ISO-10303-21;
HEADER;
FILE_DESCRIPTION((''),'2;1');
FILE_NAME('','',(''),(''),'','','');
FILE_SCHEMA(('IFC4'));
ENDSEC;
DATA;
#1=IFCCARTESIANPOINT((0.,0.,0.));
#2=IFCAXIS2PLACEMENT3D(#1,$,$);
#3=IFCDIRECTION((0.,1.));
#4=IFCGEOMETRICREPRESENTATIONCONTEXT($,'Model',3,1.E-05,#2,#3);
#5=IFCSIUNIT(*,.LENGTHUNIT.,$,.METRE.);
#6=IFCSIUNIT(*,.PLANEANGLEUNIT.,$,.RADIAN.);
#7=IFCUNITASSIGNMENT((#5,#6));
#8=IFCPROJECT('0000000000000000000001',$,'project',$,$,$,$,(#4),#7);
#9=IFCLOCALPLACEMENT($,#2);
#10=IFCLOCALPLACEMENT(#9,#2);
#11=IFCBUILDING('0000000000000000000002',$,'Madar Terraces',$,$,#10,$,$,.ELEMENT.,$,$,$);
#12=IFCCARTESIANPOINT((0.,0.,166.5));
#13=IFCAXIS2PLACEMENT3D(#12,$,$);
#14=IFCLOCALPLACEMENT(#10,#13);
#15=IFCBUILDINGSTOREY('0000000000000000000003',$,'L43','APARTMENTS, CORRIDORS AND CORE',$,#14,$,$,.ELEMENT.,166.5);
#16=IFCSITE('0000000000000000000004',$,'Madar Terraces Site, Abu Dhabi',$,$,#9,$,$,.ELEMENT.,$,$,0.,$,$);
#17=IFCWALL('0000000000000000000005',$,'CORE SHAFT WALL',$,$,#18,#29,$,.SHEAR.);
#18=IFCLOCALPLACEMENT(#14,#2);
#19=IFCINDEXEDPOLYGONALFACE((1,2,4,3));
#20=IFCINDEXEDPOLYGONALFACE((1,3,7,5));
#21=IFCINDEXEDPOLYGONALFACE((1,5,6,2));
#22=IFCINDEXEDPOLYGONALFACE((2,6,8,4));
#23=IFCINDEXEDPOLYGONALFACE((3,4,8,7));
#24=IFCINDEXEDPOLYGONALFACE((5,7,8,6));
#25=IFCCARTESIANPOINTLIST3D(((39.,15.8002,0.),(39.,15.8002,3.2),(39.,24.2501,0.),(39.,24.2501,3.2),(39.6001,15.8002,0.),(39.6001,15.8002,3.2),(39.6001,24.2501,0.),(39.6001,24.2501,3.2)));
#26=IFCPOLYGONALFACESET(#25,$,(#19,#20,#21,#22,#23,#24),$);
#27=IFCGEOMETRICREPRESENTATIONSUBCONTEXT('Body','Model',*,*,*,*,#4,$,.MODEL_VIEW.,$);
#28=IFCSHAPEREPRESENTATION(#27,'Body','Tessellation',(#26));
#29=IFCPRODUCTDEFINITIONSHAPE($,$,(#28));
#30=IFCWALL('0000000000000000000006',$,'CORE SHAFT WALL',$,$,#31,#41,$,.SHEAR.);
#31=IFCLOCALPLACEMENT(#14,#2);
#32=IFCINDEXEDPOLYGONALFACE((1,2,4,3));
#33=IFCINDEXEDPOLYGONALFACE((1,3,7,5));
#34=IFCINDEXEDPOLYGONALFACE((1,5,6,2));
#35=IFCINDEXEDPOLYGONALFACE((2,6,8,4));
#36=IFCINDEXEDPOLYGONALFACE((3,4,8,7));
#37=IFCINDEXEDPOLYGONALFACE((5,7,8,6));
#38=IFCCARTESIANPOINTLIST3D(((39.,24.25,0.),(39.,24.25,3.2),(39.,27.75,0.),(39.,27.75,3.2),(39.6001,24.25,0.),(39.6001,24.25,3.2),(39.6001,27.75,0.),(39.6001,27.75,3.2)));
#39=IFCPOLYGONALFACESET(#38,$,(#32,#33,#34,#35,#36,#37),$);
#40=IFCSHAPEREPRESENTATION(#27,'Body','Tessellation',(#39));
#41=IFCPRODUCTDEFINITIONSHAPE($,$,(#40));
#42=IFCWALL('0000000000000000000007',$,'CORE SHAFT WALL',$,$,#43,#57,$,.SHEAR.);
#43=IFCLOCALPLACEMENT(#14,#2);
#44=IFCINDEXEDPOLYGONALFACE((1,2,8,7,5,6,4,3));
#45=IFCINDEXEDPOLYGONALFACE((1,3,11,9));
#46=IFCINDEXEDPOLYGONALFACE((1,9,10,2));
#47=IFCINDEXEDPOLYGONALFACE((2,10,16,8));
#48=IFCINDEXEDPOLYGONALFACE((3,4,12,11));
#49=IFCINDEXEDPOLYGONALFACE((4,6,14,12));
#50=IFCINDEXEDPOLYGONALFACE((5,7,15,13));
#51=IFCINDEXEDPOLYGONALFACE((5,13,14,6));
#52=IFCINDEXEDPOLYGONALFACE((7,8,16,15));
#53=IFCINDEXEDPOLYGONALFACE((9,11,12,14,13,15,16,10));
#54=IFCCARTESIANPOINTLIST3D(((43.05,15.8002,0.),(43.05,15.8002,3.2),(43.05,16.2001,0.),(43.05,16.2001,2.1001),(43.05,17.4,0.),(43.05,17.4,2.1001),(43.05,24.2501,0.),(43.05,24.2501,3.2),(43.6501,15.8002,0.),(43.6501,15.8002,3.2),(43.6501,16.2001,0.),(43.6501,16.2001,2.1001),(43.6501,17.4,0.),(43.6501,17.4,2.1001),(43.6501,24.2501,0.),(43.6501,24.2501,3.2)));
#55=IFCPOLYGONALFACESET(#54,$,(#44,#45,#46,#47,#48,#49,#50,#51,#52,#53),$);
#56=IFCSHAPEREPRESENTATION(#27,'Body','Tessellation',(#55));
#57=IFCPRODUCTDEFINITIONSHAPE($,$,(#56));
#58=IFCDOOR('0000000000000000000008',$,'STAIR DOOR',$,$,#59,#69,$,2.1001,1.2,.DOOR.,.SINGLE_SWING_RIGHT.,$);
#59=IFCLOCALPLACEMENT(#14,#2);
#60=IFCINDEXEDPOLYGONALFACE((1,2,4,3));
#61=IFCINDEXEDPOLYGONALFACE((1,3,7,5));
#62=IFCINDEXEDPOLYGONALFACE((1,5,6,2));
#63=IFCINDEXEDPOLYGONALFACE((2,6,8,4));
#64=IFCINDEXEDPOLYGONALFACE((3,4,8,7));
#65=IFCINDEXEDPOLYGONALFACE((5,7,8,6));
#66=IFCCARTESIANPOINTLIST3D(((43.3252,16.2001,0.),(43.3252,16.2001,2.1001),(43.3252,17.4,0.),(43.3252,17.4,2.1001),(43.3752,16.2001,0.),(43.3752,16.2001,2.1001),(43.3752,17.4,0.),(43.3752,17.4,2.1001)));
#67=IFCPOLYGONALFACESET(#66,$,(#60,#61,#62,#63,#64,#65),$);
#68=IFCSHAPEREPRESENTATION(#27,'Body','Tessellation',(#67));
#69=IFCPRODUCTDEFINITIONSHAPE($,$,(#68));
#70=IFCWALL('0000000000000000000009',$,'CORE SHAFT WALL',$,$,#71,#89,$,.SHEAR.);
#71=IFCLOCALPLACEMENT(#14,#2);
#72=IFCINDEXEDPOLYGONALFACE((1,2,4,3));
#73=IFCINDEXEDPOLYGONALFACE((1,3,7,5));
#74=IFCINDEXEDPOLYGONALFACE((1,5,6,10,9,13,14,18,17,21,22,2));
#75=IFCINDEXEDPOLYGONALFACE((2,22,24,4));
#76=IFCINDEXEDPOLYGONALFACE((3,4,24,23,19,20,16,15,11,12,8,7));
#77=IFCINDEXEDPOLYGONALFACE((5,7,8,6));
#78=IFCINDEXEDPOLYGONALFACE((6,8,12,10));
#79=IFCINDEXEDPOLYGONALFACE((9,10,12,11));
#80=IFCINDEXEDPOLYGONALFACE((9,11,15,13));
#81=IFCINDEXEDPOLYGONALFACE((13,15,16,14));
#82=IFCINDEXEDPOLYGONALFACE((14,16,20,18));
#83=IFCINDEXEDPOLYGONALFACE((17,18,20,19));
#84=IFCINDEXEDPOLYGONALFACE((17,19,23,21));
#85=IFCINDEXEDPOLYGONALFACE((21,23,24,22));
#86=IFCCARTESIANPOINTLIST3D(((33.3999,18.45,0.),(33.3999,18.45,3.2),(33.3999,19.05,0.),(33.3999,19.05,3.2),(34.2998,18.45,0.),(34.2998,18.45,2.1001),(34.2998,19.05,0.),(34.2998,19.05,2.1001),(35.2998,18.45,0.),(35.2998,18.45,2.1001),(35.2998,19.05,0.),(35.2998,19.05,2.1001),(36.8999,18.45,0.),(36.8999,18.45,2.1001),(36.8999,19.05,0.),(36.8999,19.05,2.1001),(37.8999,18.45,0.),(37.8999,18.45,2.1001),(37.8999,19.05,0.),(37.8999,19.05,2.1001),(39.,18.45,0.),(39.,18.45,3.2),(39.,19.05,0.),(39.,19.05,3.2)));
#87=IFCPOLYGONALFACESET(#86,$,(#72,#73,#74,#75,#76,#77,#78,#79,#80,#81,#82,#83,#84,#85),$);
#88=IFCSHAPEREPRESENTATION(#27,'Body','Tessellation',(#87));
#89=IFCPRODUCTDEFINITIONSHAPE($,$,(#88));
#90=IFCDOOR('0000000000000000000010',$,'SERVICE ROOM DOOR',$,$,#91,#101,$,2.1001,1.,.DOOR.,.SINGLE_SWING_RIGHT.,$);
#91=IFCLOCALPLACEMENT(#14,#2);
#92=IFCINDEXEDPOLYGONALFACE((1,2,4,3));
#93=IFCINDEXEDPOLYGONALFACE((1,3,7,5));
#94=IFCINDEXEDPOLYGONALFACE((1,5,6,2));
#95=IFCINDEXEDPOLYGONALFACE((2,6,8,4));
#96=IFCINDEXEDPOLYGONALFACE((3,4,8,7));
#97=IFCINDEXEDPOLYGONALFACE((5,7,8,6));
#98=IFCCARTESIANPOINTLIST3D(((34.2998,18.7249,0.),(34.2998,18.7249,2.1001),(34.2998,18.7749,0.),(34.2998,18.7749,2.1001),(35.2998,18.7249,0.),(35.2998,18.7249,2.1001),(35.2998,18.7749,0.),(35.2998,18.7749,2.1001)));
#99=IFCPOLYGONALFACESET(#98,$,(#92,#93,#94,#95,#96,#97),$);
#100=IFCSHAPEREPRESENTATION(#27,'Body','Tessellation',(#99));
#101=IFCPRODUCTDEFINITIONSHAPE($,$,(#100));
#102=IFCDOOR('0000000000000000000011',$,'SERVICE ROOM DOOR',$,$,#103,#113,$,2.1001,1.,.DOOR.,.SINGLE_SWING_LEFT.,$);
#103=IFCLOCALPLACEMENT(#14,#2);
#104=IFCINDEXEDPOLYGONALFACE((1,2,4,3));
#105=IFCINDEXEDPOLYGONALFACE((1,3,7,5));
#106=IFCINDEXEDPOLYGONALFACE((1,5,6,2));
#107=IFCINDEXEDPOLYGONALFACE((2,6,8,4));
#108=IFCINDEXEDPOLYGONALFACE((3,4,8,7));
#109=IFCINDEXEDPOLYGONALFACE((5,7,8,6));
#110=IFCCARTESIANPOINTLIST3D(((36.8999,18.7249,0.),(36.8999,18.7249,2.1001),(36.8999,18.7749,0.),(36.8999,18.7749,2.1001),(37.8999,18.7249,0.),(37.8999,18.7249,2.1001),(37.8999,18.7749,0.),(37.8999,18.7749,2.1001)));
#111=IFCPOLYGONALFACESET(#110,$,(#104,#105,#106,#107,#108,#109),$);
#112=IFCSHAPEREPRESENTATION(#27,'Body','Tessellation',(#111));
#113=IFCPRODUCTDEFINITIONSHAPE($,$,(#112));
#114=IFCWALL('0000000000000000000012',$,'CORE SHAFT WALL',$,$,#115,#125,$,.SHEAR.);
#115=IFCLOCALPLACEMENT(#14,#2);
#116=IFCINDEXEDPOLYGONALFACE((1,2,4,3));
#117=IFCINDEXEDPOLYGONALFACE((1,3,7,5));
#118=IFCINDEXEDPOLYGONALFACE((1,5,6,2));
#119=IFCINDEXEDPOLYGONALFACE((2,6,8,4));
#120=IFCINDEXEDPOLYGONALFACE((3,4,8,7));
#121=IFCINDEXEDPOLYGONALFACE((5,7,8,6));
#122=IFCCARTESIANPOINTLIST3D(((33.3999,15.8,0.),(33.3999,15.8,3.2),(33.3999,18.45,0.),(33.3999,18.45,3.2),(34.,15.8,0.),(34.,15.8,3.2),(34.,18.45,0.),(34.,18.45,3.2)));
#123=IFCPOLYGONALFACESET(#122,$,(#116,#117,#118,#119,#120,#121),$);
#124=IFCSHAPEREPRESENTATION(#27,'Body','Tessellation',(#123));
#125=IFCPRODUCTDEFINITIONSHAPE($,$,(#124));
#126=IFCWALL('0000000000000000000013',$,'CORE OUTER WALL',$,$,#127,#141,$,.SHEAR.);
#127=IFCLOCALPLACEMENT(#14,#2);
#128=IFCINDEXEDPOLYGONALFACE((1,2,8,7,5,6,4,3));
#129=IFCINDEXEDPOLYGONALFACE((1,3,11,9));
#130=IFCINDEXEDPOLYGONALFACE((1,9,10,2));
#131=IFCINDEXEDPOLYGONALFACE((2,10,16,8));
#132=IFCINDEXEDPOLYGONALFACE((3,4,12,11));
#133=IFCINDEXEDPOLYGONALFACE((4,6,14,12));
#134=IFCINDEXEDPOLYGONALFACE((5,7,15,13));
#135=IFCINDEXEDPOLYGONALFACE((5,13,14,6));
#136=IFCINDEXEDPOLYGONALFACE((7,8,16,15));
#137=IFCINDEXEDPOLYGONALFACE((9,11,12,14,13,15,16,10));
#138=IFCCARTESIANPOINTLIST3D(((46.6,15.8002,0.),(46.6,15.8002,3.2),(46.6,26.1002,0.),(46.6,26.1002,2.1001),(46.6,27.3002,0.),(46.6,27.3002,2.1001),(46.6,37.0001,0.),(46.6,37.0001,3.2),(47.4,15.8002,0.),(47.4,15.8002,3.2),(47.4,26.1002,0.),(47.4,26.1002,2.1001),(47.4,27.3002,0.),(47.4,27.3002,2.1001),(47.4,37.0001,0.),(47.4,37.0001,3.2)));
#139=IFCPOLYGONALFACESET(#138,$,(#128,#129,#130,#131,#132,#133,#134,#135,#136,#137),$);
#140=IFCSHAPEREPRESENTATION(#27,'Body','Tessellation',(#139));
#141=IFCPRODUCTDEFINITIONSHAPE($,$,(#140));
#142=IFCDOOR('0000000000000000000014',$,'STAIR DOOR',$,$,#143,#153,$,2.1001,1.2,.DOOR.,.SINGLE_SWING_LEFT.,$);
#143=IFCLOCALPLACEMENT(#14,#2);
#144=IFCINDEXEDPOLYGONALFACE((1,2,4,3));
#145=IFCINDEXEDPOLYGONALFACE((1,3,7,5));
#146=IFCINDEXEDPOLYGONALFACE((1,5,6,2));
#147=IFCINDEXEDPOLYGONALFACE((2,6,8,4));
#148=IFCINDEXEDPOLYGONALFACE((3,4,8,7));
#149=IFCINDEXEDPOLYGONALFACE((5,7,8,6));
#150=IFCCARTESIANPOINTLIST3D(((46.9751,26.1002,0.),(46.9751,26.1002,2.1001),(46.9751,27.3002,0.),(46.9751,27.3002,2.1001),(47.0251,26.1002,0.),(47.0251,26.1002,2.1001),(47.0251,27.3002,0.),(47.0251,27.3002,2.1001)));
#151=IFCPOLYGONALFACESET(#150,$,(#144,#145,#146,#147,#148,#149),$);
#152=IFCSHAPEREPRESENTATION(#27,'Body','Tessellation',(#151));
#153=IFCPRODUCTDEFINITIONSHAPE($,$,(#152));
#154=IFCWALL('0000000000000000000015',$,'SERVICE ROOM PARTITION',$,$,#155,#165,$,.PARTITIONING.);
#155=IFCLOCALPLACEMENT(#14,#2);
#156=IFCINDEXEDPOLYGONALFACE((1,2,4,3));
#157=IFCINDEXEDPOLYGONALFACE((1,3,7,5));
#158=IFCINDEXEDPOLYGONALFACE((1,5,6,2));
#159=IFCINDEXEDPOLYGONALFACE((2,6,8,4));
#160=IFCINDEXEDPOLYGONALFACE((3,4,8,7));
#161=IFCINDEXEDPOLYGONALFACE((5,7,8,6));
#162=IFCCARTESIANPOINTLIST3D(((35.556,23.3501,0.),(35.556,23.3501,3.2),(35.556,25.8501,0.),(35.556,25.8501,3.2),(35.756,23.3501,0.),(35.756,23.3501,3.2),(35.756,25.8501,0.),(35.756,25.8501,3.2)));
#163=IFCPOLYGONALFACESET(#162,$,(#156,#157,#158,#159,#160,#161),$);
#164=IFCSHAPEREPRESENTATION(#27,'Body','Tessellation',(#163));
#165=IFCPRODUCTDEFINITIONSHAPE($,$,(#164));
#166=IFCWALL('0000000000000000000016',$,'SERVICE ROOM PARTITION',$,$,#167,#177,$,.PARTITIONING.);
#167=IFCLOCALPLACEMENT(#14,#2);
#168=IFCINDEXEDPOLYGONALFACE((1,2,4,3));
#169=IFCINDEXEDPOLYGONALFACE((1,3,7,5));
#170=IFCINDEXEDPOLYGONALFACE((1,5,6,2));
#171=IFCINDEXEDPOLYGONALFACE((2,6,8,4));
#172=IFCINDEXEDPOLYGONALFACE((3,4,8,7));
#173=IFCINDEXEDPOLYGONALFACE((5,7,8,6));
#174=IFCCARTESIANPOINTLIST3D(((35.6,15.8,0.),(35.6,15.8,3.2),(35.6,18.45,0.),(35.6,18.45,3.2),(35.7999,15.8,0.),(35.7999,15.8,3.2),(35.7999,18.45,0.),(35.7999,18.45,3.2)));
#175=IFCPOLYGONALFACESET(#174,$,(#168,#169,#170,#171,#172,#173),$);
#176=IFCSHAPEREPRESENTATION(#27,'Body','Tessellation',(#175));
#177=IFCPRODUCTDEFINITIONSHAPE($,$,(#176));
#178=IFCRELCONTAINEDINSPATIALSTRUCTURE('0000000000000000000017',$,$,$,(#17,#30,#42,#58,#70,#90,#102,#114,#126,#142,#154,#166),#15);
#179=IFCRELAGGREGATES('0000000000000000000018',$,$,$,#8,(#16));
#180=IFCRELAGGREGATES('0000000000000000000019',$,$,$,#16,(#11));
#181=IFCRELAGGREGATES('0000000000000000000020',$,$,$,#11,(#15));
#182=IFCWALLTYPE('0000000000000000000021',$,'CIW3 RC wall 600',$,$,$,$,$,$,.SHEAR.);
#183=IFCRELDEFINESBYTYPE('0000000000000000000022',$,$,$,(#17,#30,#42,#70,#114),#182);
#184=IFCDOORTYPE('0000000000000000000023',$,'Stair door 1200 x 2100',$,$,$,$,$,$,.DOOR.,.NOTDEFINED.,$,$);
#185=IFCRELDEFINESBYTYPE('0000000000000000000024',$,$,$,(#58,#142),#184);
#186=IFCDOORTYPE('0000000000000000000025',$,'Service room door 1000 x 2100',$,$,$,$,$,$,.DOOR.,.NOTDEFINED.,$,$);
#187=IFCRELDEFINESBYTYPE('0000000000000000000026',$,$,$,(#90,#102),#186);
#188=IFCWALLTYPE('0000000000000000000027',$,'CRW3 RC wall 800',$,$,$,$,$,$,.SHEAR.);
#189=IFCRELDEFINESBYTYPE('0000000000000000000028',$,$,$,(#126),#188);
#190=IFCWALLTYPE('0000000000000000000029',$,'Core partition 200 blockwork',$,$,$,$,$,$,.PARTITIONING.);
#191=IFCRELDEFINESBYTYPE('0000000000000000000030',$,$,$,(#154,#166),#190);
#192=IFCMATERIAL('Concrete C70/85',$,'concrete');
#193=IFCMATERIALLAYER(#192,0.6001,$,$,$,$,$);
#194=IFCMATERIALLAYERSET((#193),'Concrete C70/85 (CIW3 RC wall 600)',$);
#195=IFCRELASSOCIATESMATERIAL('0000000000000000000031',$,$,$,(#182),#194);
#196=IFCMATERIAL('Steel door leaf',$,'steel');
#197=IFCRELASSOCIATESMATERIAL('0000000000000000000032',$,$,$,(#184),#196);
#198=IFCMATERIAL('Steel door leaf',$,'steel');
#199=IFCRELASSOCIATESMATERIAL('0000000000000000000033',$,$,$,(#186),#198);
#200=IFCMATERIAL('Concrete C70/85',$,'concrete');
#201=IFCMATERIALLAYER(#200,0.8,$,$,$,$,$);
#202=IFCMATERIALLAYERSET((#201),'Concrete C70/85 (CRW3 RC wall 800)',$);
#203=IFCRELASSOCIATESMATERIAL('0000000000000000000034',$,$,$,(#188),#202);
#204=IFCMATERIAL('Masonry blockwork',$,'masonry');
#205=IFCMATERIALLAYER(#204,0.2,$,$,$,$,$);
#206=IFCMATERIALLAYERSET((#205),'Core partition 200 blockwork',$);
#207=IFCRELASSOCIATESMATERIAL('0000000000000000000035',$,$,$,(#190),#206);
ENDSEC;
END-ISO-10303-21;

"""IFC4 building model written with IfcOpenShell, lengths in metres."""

from ifc_helpers import new_model, si_unit, direction, frame, frame_2d, origin, place, context, subcontext, project, spatial, rectangle, extrude, material, layer, layer_set, type_object, element, fill, save


model = new_model("IFC4")

# Units and contexts
model_context = context("Model", 3, precision=1e-05, world=origin(), true_north=direction((0.0, 1.0)))
body_context = subcontext(model_context, "Body", "Model", "MODEL_VIEW")
ifc_project = project(units=[si_unit("LENGTHUNIT", "METRE"), si_unit("PLANEANGLEUNIT", "RADIAN")], contexts=[model_context])

# Site, building, storey
site_placement = place(None, origin())
site = spatial("IfcSite", under=ifc_project, at=site_placement, Name="Madar Terraces Site, Abu Dhabi", CompositionType="ELEMENT", RefElevation=0.0)
building_placement = place(site_placement, origin())
building = spatial("IfcBuilding", under=site, at=building_placement, Name="Madar Terraces", CompositionType="ELEMENT")
storey_placement = place(building_placement, frame((0.0, 0.0, 166.5)))
storey = spatial("IfcBuildingStorey", under=building, at=storey_placement, Name="L43", Description="APARTMENTS, CORRIDORS AND CORE", CompositionType="ELEMENT", Elevation=166.5)

# Walls
ifc_material_1 = material(Name="Concrete C70/85", Category="concrete")
ifc_layer_1 = layer(ifc_material_1, 0.6001)
ifc_layer_set_1 = layer_set([ifc_layer_1], Name="Concrete C70/85 (CIW3 RC wall 600)")
wall_type_1 = type_object("IfcWallType", Name="CIW3 RC wall 600", PredefinedType="SHEAR", material=ifc_layer_set_1)
wall_1_placement = place(storey_placement, frame((39.3, 15.8, 0.0), z_axis=(0.0, 0.0, 1.0), x_axis=(0.0, 1.0, 0.0)))
element("IfcWall", 1, at=wall_1_placement, inside=storey, type_object=wall_type_1, Name="CORE SHAFT WALL", PredefinedType="SHEAR", context=body_context, shape_type="SweptSolid", body=[
    extrude(rectangle(XDim=8.45, YDim=0.6001, at=frame_2d((4.2251, 0.0))), origin(), (0.0, 0.0, 1.0), 3.2),
])
wall_2_placement = place(storey_placement, frame((39.3, 24.25, 0.0), z_axis=(0.0, 0.0, 1.0), x_axis=(0.0, 1.0, 0.0)))
element("IfcWall", 2, at=wall_2_placement, inside=storey, type_object=wall_type_1, Name="CORE SHAFT WALL", PredefinedType="SHEAR", context=body_context, shape_type="SweptSolid", body=[
    extrude(rectangle(XDim=3.5, YDim=0.6001, at=frame_2d((1.75, 0.0))), origin(), (0.0, 0.0, 1.0), 3.2),
])

# Wall, opening, door
wall_3_placement = place(storey_placement, frame((43.3501, 15.8, 0.0), z_axis=(0.0, 0.0, 1.0), x_axis=(0.0, 1.0, 0.0)))
wall_3 = element("IfcWall", 3, at=wall_3_placement, inside=storey, type_object=wall_type_1, Name="CORE SHAFT WALL", PredefinedType="SHEAR", context=body_context, shape_type="SweptSolid", body=[
    extrude(rectangle(XDim=8.45, YDim=0.6001, at=frame_2d((4.2251, 0.0))), origin(), (0.0, 0.0, 1.0), 3.2),
])
opening_1_placement = place(wall_3_placement, frame((0.3999, 0.0, 0.0)))
opening_1 = element("IfcOpeningElement", 4, at=opening_1_placement, cuts=wall_3, PredefinedType="OPENING", context=body_context, shape_type="SweptSolid", body=[
    extrude(rectangle(XDim=1.2, YDim=2.1001, at=frame_2d((0.6001, 1.05))), frame((0.0, 0.3101, 0.0), z_axis=(0.0, -1.0, 0.0), x_axis=(1.0, 0.0, 0.0)), (0.0, 0.0, 1.0), 0.6201),
])
ifc_material_2 = material(Name="Steel door leaf", Category="steel")
door_type_1 = type_object("IfcDoorType", Name="Stair door 1200 x 2100", OperationType="NOTDEFINED", PredefinedType="DOOR", material=ifc_material_2)
door_1_placement = place(opening_1_placement, origin())
door_1 = element("IfcDoor", 5, at=door_1_placement, inside=storey, type_object=door_type_1, Name="STAIR DOOR", OperationType="SINGLE_SWING_RIGHT", OverallHeight=2.1001, OverallWidth=1.2, PredefinedType="DOOR", context=body_context, shape_type="SweptSolid", body=[
    extrude(rectangle(XDim=1.2, YDim=2.1001, at=frame_2d((0.6001, 1.05))), frame((0.0, 0.0249, 0.0), z_axis=(0.0, -1.0, 0.0), x_axis=(1.0, 0.0, 0.0)), (0.0, 0.0, 1.0), 0.05),
])
fill(opening_1, door_1)

# Wall, openings, doors
wall_4_placement = place(storey_placement, frame((33.3999, 18.75, 0.0), z_axis=(0.0, 0.0, 1.0), x_axis=(1.0, 0.0, 0.0)))
wall_4 = element("IfcWall", 6, at=wall_4_placement, inside=storey, type_object=wall_type_1, Name="CORE SHAFT WALL", PredefinedType="SHEAR", context=body_context, shape_type="SweptSolid", body=[
    extrude(rectangle(XDim=5.6001, YDim=0.6001, at=frame_2d((2.8, 0.0))), origin(), (0.0, 0.0, 1.0), 3.2),
])
opening_2_placement = place(wall_4_placement, frame((0.8999, 0.0, 0.0)))
opening_2 = element("IfcOpeningElement", 7, at=opening_2_placement, cuts=wall_4, PredefinedType="OPENING", context=body_context, shape_type="SweptSolid", body=[
    extrude(rectangle(XDim=1.0, YDim=2.1001, at=frame_2d((0.5, 1.05))), frame((0.0, 0.3101, 0.0), z_axis=(0.0, -1.0, 0.0), x_axis=(1.0, 0.0, 0.0)), (0.0, 0.0, 1.0), 0.6201),
])
opening_3_placement = place(wall_4_placement, frame((3.5, 0.0, 0.0)))
opening_3 = element("IfcOpeningElement", 8, at=opening_3_placement, cuts=wall_4, PredefinedType="OPENING", context=body_context, shape_type="SweptSolid", body=[
    extrude(rectangle(XDim=1.0, YDim=2.1001, at=frame_2d((0.5, 1.05))), frame((0.0, 0.3101, 0.0), z_axis=(0.0, -1.0, 0.0), x_axis=(1.0, 0.0, 0.0)), (0.0, 0.0, 1.0), 0.6201),
])
ifc_material_3 = material(Name="Steel door leaf", Category="steel")
door_type_2 = type_object("IfcDoorType", Name="Service room door 1000 x 2100", OperationType="NOTDEFINED", PredefinedType="DOOR", material=ifc_material_3)
door_2_placement = place(opening_2_placement, origin())
door_2 = element("IfcDoor", 9, at=door_2_placement, inside=storey, type_object=door_type_2, Name="SERVICE ROOM DOOR", OperationType="SINGLE_SWING_RIGHT", OverallHeight=2.1001, OverallWidth=1.0, PredefinedType="DOOR", context=body_context, shape_type="SweptSolid", body=[
    extrude(rectangle(XDim=1.0, YDim=2.1001, at=frame_2d((0.5, 1.05))), frame((0.0, 0.0249, 0.0), z_axis=(0.0, -1.0, 0.0), x_axis=(1.0, 0.0, 0.0)), (0.0, 0.0, 1.0), 0.05),
])
fill(opening_2, door_2)
door_3_placement = place(opening_3_placement, origin())
door_3 = element("IfcDoor", 10, at=door_3_placement, inside=storey, type_object=door_type_2, Name="SERVICE ROOM DOOR", OperationType="SINGLE_SWING_LEFT", OverallHeight=2.1001, OverallWidth=1.0, PredefinedType="DOOR", context=body_context, shape_type="SweptSolid", body=[
    extrude(rectangle(XDim=1.0, YDim=2.1001, at=frame_2d((0.5, 1.05))), frame((0.0, 0.0249, 0.0), z_axis=(0.0, -1.0, 0.0), x_axis=(1.0, 0.0, 0.0)), (0.0, 0.0, 1.0), 0.05),
])
fill(opening_3, door_3)

# Wall
wall_5_placement = place(storey_placement, frame((33.7, 15.8, 0.0), z_axis=(0.0, 0.0, 1.0), x_axis=(0.0, 1.0, 0.0)))
element("IfcWall", 11, at=wall_5_placement, inside=storey, type_object=wall_type_1, Name="CORE SHAFT WALL", PredefinedType="SHEAR", context=body_context, shape_type="SweptSolid", body=[
    extrude(rectangle(XDim=2.6499, YDim=0.6001, at=frame_2d((1.325, 0.0))), origin(), (0.0, 0.0, 1.0), 3.2),
])

# Wall, opening, door
ifc_material_4 = material(Name="Concrete C70/85", Category="concrete")
ifc_layer_2 = layer(ifc_material_4, 0.8)
ifc_layer_set_2 = layer_set([ifc_layer_2], Name="Concrete C70/85 (CRW3 RC wall 800)")
wall_type_2 = type_object("IfcWallType", Name="CRW3 RC wall 800", PredefinedType="SHEAR", material=ifc_layer_set_2)
wall_6_placement = place(storey_placement, frame((47.0, 15.8, 0.0), z_axis=(0.0, 0.0, 1.0), x_axis=(0.0, 1.0, 0.0)))
wall_6 = element("IfcWall", 12, at=wall_6_placement, inside=storey, type_object=wall_type_2, Name="CORE OUTER WALL", PredefinedType="SHEAR", context=body_context, shape_type="SweptSolid", body=[
    extrude(rectangle(XDim=21.2, YDim=0.8, at=frame_2d((10.6001, 0.0))), origin(), (0.0, 0.0, 1.0), 3.2),
])
opening_4_placement = place(wall_6_placement, frame((10.3, 0.0, 0.0)))
opening_4 = element("IfcOpeningElement", 13, at=opening_4_placement, cuts=wall_6, PredefinedType="OPENING", context=body_context, shape_type="SweptSolid", body=[
    extrude(rectangle(XDim=1.2, YDim=2.1001, at=frame_2d((0.6001, 1.05))), frame((0.0, 0.4099, 0.0), z_axis=(0.0, -1.0, 0.0), x_axis=(1.0, 0.0, 0.0)), (0.0, 0.0, 1.0), 0.8201),
])
door_4_placement = place(opening_4_placement, origin())
door_4 = element("IfcDoor", 14, at=door_4_placement, inside=storey, type_object=door_type_1, Name="STAIR DOOR", OperationType="SINGLE_SWING_LEFT", OverallHeight=2.1001, OverallWidth=1.2, PredefinedType="DOOR", context=body_context, shape_type="SweptSolid", body=[
    extrude(rectangle(XDim=1.2, YDim=2.1001, at=frame_2d((0.6001, 1.05))), frame((0.0, 0.0249, 0.0), z_axis=(0.0, -1.0, 0.0), x_axis=(1.0, 0.0, 0.0)), (0.0, 0.0, 1.0), 0.05),
])
fill(opening_4, door_4)

# Walls
ifc_material_5 = material(Name="Masonry blockwork", Category="masonry")
ifc_layer_3 = layer(ifc_material_5, 0.2)
ifc_layer_set_3 = layer_set([ifc_layer_3], Name="Core partition 200 blockwork")
wall_type_3 = type_object("IfcWallType", Name="Core partition 200 blockwork", PredefinedType="PARTITIONING", material=ifc_layer_set_3)
wall_7_placement = place(storey_placement, frame((35.656, 23.3501, 0.0), z_axis=(0.0, 0.0, 1.0), x_axis=(0.0, 1.0, 0.0)))
element("IfcWall", 15, at=wall_7_placement, inside=storey, type_object=wall_type_3, Name="SERVICE ROOM PARTITION", PredefinedType="PARTITIONING", context=body_context, shape_type="SweptSolid", body=[
    extrude(rectangle(XDim=2.5, YDim=0.2, at=frame_2d((1.25, 0.0))), origin(), (0.0, 0.0, 1.0), 3.2),
])
wall_8_placement = place(storey_placement, frame((35.7, 15.8, 0.0), z_axis=(0.0, 0.0, 1.0), x_axis=(0.0, 1.0, 0.0)))
element("IfcWall", 16, at=wall_8_placement, inside=storey, type_object=wall_type_3, Name="SERVICE ROOM PARTITION", PredefinedType="PARTITIONING", context=body_context, shape_type="SweptSolid", body=[
    extrude(rectangle(XDim=2.6499, YDim=0.2, at=frame_2d((1.325, 0.0))), origin(), (0.0, 0.0, 1.0), 3.2),
])

save(model, "model.ifc")
